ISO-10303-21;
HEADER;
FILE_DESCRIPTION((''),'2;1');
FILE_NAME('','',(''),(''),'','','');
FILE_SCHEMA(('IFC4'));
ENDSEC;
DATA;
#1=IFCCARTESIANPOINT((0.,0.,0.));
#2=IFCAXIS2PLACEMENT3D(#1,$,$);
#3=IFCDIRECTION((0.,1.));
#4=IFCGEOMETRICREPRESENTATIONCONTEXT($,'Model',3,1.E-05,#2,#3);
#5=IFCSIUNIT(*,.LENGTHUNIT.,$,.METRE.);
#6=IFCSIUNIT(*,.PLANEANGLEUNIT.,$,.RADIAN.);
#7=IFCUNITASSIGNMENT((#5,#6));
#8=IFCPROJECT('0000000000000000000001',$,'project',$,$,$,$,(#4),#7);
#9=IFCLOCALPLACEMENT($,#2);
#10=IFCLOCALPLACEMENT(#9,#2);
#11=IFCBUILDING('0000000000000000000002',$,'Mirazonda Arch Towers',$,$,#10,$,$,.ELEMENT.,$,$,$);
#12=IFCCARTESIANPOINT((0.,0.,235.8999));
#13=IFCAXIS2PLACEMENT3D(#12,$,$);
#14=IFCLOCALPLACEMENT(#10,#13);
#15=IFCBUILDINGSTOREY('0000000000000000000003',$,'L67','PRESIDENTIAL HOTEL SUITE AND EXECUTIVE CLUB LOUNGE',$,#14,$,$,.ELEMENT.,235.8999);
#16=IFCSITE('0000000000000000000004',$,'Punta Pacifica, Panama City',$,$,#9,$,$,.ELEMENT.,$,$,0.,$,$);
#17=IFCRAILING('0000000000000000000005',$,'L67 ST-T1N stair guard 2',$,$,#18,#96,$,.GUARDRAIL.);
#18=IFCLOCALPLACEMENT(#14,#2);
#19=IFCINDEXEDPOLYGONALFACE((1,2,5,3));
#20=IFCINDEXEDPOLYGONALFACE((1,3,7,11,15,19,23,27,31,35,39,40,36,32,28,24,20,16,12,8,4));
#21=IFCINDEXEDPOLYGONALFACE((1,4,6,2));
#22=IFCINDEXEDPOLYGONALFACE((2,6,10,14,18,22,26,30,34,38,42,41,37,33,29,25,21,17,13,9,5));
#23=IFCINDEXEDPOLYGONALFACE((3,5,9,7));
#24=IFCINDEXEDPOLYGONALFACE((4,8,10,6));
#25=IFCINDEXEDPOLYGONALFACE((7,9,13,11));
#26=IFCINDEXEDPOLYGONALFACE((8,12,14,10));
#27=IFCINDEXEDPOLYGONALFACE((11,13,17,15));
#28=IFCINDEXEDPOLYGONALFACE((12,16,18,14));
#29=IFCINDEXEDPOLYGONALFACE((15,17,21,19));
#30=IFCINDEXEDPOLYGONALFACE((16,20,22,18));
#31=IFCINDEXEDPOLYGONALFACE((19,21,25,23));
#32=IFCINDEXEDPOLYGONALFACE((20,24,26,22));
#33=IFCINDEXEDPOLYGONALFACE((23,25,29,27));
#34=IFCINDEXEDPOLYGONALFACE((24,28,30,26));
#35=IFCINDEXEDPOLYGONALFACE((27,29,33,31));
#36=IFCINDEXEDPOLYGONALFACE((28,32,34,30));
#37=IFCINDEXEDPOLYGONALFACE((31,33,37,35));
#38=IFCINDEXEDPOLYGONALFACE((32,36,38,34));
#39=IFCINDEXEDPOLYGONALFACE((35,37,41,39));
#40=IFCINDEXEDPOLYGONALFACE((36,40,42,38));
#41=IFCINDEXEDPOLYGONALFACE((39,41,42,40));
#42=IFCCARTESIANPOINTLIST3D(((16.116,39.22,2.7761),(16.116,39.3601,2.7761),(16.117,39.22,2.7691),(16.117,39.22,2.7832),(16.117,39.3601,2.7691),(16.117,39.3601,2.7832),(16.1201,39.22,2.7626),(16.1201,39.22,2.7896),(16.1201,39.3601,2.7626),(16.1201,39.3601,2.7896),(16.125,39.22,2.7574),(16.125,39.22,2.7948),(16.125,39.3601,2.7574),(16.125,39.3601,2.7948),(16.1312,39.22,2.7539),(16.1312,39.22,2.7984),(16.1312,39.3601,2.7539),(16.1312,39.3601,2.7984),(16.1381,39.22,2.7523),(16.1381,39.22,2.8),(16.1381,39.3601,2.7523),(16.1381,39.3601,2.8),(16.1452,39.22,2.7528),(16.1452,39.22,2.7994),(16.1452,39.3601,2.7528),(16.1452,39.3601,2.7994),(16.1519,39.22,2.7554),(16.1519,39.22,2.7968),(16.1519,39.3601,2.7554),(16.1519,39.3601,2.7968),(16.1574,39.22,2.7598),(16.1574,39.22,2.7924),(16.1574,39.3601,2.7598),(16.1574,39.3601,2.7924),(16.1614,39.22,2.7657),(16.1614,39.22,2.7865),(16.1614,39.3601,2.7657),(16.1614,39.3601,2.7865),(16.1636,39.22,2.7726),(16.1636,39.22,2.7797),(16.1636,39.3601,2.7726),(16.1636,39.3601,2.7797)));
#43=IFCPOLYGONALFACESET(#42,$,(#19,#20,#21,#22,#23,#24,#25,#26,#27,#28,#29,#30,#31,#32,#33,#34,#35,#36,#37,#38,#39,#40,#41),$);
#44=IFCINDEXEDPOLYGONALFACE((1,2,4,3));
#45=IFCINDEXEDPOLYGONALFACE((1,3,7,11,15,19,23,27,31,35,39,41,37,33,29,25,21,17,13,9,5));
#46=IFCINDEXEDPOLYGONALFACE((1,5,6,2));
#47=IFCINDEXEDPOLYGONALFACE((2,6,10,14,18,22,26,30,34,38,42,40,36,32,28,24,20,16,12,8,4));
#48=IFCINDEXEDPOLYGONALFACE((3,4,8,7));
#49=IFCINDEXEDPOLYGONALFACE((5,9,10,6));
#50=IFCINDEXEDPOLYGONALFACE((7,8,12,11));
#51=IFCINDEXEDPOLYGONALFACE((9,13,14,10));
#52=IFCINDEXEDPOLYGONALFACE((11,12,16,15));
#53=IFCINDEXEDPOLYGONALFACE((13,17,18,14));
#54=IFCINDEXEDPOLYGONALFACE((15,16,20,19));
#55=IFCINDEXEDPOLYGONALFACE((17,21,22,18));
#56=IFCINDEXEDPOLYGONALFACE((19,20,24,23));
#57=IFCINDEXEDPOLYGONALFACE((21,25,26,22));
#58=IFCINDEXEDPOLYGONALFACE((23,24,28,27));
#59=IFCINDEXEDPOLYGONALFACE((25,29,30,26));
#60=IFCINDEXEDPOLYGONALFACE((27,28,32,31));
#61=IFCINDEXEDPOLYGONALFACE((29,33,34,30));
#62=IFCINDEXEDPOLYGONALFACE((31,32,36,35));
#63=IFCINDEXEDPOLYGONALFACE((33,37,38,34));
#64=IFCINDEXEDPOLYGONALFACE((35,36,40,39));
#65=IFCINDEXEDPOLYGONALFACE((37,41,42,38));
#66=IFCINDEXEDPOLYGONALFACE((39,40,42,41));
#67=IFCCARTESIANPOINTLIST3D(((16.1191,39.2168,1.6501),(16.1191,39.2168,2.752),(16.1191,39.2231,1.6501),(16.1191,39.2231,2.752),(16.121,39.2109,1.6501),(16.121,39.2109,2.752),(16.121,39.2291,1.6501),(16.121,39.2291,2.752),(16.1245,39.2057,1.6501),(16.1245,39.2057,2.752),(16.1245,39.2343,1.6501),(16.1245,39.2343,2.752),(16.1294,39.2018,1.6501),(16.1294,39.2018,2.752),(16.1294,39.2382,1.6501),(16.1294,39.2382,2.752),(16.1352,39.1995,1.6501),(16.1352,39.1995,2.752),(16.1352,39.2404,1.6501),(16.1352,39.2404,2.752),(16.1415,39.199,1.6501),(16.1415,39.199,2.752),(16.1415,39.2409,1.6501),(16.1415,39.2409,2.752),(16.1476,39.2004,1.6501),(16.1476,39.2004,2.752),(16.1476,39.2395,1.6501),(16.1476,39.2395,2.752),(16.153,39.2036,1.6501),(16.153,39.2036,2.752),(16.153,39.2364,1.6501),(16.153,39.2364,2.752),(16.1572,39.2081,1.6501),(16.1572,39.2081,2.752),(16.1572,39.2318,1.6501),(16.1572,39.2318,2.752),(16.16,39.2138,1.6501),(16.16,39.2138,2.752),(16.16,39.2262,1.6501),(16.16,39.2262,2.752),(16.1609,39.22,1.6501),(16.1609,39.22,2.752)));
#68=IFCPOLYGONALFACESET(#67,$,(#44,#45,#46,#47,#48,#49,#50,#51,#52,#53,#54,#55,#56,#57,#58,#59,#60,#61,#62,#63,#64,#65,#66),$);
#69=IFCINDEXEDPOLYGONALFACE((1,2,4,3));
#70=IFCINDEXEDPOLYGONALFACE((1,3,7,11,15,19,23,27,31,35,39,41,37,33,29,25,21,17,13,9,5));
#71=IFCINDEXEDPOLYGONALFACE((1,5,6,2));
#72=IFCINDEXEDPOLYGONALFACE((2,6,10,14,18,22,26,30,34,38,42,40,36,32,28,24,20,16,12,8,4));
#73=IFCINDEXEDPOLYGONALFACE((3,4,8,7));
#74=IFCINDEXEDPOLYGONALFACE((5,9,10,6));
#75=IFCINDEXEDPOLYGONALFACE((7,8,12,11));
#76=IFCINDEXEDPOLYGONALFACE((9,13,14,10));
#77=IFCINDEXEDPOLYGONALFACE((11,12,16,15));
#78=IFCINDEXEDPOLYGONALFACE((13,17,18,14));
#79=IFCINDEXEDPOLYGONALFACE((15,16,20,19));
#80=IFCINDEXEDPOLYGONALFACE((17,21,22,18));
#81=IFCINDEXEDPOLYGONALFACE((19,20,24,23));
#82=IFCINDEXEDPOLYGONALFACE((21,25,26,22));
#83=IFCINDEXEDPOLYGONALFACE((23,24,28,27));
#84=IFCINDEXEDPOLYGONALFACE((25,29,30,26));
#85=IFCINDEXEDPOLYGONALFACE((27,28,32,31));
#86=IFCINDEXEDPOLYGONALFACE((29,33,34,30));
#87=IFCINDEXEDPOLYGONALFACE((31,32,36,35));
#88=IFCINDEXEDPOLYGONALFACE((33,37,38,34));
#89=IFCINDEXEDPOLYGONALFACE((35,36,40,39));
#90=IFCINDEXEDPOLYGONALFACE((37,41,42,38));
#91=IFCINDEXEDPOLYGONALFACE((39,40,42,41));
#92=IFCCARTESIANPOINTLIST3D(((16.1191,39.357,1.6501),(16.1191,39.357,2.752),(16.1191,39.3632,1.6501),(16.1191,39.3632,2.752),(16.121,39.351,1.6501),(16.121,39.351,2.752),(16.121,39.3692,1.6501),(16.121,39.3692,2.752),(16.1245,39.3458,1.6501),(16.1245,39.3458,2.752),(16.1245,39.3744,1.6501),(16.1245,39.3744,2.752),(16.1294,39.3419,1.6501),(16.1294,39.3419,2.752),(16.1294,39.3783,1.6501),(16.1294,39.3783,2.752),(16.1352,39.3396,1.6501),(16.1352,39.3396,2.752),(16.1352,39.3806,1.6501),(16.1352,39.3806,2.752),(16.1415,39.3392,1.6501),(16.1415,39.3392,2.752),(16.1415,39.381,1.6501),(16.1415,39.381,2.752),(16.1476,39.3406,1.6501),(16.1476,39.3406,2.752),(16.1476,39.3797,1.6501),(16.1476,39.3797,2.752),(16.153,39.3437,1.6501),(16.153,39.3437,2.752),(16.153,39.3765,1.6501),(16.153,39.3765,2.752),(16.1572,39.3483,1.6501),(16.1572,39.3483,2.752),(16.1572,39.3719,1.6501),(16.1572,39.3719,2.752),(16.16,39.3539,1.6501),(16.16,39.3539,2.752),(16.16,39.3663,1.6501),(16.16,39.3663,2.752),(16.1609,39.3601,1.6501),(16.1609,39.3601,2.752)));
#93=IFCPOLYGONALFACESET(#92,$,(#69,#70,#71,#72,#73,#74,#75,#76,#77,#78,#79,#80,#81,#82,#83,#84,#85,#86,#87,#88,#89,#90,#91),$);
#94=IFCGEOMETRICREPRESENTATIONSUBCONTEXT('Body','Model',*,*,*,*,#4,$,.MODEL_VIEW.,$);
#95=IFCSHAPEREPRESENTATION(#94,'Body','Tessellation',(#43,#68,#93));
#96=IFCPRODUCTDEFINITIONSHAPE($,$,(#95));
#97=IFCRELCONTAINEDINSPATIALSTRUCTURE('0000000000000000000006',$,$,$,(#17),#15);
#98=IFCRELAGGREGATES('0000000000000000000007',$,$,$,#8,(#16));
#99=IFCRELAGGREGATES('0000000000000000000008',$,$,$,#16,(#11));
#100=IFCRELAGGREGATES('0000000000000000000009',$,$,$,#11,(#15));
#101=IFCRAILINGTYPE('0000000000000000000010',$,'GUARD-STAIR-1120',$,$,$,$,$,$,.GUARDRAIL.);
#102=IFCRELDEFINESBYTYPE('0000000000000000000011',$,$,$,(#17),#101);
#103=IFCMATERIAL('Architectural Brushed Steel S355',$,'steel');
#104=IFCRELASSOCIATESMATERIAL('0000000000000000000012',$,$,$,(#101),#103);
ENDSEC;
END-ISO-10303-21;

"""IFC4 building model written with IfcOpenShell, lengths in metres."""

from ifc_helpers import new_model, si_unit, direction, frame, origin, origin_2d, place, context, subcontext, project, spatial, circle, extrude, material, type_object, element, save


model = new_model("IFC4")

# Units and contexts
model_context = context("Model", 3, precision=1e-05, world=origin(), true_north=direction((0.0, 1.0)))
body_context = subcontext(model_context, "Body", "Model", "MODEL_VIEW")
ifc_project = project(units=[si_unit("LENGTHUNIT", "METRE"), si_unit("PLANEANGLEUNIT", "RADIAN")], contexts=[model_context])

# Site, building, storey
site_placement = place(None, origin())
site = spatial("IfcSite", under=ifc_project, at=site_placement, Name="Punta Pacifica, Panama City", CompositionType="ELEMENT", RefElevation=0.0)
building_placement = place(site_placement, origin())
building = spatial("IfcBuilding", under=site, at=building_placement, Name="Mirazonda Arch Towers", CompositionType="ELEMENT")
storey_placement = place(building_placement, frame((0.0, 0.0, 235.8999)))
storey = spatial("IfcBuildingStorey", under=building, at=storey_placement, Name="L67", Description="PRESIDENTIAL HOTEL SUITE AND EXECUTIVE CLUB LOUNGE", CompositionType="ELEMENT", Elevation=235.8999)

# Shared definitions
ifc_material_1 = material(Name="Architectural Brushed Steel S355", Category="steel")

# Railing
railing_type_1 = type_object("IfcRailingType", Name="GUARD-STAIR-1120", PredefinedType="GUARDRAIL", material=ifc_material_1)
railing_1_placement = place(storey_placement, frame((16.1399, 39.22, 1.6501)))
element("IfcRailing", 1, at=railing_1_placement, inside=storey, type_object=railing_type_1, Name="L67 ST-T1N stair guard 2", PredefinedType="GUARDRAIL", context=body_context, shape_type="SweptSolid", body=[
    extrude(circle(Radius=0.0239, at=origin_2d()), frame((0.0, 0.0, 1.126), z_axis=(0.0, 1.0, 0.0), x_axis=(-1.0, 0.0, 0.0)), (0.0, 0.0, 1.0), 0.1401),
    extrude(circle(Radius=0.021, at=origin_2d()), origin(), (0.0, 0.0, 1.0), 1.1018),
    extrude(circle(Radius=0.021, at=origin_2d()), frame((0.0, 0.1401, 0.0)), (0.0, 0.0, 1.0), 1.1018),
])

save(model, "model.ifc")
